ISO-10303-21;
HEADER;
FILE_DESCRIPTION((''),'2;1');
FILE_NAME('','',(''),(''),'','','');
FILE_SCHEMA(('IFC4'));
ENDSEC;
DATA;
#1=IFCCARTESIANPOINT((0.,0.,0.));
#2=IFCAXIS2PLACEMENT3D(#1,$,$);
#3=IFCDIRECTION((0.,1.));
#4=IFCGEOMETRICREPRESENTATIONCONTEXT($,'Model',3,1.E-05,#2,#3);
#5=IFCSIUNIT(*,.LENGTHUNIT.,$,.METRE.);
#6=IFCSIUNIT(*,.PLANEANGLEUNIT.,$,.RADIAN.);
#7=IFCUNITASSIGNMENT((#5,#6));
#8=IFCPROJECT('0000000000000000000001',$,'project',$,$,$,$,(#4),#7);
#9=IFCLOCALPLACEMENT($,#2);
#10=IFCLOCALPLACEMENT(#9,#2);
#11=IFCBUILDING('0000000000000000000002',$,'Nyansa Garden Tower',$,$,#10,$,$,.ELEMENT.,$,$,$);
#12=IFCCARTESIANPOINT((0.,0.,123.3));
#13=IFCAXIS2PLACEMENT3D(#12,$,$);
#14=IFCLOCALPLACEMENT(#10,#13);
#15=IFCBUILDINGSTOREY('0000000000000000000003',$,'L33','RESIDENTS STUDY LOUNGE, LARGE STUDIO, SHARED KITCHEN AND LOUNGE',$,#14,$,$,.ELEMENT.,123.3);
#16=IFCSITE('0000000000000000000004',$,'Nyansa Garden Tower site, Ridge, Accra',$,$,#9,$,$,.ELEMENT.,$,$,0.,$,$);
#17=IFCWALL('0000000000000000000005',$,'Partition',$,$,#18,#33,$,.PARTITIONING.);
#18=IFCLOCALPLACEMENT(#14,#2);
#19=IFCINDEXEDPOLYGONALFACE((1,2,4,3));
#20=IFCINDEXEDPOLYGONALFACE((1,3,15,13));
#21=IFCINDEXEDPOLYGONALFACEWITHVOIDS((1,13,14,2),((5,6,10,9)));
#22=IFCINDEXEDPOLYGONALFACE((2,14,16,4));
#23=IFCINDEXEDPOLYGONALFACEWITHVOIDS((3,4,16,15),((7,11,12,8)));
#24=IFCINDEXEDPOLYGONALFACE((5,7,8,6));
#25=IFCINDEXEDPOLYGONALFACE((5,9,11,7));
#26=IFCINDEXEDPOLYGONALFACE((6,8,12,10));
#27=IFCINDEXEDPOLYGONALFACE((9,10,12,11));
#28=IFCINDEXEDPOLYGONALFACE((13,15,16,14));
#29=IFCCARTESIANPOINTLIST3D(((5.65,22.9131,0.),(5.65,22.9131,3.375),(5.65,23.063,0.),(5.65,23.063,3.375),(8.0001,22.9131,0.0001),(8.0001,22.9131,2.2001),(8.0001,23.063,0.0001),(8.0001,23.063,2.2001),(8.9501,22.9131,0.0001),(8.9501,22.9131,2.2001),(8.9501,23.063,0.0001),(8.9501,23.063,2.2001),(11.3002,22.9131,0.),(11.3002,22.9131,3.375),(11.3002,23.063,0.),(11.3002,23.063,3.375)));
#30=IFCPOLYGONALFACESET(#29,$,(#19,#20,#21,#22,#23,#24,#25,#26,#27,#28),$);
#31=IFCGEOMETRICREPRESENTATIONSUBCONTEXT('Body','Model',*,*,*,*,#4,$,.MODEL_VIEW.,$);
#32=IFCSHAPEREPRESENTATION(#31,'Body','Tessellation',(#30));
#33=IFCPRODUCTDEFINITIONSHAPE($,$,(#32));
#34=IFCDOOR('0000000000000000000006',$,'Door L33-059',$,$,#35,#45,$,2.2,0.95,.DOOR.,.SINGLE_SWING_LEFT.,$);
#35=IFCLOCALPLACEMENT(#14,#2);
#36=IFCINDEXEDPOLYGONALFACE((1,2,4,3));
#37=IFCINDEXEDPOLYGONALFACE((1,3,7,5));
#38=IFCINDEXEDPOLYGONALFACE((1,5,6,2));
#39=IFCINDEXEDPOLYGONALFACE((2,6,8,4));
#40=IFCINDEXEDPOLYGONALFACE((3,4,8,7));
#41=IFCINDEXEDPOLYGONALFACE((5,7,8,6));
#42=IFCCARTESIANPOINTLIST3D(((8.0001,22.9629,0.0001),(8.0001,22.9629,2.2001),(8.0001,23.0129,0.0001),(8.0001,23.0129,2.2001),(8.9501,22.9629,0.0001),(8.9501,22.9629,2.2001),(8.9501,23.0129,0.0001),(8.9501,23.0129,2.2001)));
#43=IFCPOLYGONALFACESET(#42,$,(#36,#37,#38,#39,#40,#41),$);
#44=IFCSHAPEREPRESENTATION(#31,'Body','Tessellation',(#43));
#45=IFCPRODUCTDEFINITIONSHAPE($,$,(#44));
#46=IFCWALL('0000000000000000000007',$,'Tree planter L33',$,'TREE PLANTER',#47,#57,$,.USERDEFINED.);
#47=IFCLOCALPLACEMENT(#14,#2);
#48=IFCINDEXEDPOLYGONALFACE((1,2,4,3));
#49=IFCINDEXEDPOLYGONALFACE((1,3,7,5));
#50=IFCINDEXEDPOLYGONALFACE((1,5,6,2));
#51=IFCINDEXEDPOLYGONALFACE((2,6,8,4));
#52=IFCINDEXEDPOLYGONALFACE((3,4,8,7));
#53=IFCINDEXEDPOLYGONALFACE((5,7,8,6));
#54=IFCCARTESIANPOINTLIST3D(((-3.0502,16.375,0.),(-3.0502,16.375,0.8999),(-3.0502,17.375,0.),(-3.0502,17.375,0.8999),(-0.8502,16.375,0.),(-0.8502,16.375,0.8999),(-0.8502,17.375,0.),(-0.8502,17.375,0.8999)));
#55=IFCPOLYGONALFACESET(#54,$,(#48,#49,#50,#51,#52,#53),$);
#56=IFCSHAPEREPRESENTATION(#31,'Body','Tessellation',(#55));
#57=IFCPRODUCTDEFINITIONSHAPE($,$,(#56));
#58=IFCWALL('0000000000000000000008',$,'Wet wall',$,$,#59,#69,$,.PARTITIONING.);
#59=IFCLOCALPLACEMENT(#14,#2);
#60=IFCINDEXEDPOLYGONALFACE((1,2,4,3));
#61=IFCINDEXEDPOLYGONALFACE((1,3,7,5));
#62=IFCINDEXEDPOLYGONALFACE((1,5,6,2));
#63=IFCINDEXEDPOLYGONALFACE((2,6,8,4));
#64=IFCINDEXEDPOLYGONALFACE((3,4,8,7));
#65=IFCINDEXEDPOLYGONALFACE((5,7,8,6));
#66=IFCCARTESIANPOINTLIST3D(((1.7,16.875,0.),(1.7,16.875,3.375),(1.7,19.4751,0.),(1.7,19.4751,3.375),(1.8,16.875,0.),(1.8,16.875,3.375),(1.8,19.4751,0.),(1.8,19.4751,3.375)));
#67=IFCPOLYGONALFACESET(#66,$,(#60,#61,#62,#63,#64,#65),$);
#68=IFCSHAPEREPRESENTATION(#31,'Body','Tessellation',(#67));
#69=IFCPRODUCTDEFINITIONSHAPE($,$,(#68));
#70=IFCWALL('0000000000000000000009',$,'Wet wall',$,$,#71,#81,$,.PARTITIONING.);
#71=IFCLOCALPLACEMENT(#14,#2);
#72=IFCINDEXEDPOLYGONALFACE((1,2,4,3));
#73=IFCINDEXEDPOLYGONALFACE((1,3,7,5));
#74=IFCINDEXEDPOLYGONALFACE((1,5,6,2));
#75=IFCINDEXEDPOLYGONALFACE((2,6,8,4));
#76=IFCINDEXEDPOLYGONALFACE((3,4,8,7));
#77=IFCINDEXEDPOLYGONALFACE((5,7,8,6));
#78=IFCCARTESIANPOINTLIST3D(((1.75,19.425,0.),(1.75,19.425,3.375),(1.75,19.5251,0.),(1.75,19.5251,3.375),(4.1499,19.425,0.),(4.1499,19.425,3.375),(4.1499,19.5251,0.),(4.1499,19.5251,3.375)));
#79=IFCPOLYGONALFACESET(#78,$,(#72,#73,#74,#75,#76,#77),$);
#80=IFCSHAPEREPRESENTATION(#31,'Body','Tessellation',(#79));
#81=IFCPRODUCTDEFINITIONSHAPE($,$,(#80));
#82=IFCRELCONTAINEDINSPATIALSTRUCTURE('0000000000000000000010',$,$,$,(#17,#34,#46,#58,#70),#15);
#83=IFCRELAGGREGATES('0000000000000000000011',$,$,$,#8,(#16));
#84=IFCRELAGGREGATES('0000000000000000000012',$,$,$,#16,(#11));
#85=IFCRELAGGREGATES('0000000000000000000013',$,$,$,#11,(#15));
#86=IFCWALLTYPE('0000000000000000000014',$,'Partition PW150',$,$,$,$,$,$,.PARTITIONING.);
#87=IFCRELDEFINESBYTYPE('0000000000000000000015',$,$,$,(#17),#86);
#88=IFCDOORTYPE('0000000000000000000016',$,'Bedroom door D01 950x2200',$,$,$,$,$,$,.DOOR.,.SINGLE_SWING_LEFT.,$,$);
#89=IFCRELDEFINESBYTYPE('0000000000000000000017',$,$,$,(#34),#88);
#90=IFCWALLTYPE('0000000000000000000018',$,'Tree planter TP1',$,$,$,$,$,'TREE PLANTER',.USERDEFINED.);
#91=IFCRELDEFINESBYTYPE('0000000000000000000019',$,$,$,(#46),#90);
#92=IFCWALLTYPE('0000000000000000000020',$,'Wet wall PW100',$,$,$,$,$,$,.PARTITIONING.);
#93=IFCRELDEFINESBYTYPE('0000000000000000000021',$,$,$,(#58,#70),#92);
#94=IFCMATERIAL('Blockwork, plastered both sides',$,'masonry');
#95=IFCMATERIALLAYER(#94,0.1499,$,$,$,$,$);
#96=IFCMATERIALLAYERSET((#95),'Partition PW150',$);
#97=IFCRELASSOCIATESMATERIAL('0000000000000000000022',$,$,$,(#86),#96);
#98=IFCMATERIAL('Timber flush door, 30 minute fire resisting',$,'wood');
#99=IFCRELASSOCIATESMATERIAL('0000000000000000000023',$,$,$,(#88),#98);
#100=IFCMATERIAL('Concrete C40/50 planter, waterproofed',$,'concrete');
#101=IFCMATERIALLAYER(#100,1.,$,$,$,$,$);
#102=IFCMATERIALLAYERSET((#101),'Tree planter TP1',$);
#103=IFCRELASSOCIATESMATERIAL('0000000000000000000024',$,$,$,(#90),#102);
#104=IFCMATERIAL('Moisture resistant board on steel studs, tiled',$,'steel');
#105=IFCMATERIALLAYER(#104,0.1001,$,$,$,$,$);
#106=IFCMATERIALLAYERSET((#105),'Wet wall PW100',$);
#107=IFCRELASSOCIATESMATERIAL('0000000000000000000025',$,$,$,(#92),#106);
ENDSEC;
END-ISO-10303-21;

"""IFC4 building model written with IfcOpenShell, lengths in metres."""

from ifc_helpers import new_model, si_unit, direction, frame, frame_2d, origin, place, context, subcontext, project, spatial, rectangle, extrude, material, layer, layer_set, type_object, element, fill, save


model = new_model("IFC4")

# Units and contexts
model_context = context("Model", 3, precision=1e-05, world=origin(), true_north=direction((0.0, 1.0)))
body_context = subcontext(model_context, "Body", "Model", "MODEL_VIEW")
ifc_project = project(units=[si_unit("LENGTHUNIT", "METRE"), si_unit("PLANEANGLEUNIT", "RADIAN")], contexts=[model_context])

# Site, building, storey
site_placement = place(None, origin())
site = spatial("IfcSite", under=ifc_project, at=site_placement, Name="Nyansa Garden Tower site, Ridge, Accra", CompositionType="ELEMENT", RefElevation=0.0)
building_placement = place(site_placement, origin())
building = spatial("IfcBuilding", under=site, at=building_placement, Name="Nyansa Garden Tower", CompositionType="ELEMENT")
storey_placement = place(building_placement, frame((0.0, 0.0, 123.3)))
storey = spatial("IfcBuildingStorey", under=building, at=storey_placement, Name="L33", Description="RESIDENTS STUDY LOUNGE, LARGE STUDIO, SHARED KITCHEN AND LOUNGE", CompositionType="ELEMENT", Elevation=123.3)

# Shared definitions
ifc_material_1 = material(Name="Blockwork, plastered both sides", Category="masonry")
ifc_layer_1 = layer(ifc_material_1, 0.1499)
ifc_layer_set_1 = layer_set([ifc_layer_1], Name="Partition PW150")
wall_type_1 = type_object("IfcWallType", Name="Partition PW150", PredefinedType="PARTITIONING", material=ifc_layer_set_1)

# Wall, opening, door
wall_1_placement = place(storey_placement, frame((5.6499, 22.988, 0.0), z_axis=(0.0, 0.0, 1.0), x_axis=(1.0, 0.0, 0.0)))
wall_1 = element("IfcWall", 1, at=wall_1_placement, inside=storey, type_object=wall_type_1, Name="Partition", PredefinedType="PARTITIONING", context=body_context, shape_type="SweptSolid", body=[
    extrude(rectangle(XDim=5.6501, YDim=0.1499, at=frame_2d((2.8252, 0.0))), origin(), (0.0, 0.0, 1.0), 3.375),
])
opening_1_placement = place(wall_1_placement, frame((2.3501, 0.0, 0.0)))
opening_1 = element("IfcOpeningElement", 2, at=opening_1_placement, cuts=wall_1, PredefinedType="OPENING", context=body_context, shape_type="SweptSolid", body=[
    extrude(rectangle(XDim=0.95, YDim=2.2, at=frame_2d((0.4751, 1.1001))), frame((0.0, 0.085, 0.0), z_axis=(0.0, -1.0, 0.0), x_axis=(1.0, 0.0, 0.0)), (0.0, 0.0, 1.0), 0.1699),
])
ifc_material_2 = material(Name="Timber flush door, 30 minute fire resisting", Category="wood")
door_type_1 = type_object("IfcDoorType", Name="Bedroom door D01 950x2200", OperationType="SINGLE_SWING_LEFT", PredefinedType="DOOR", material=ifc_material_2)
door_1_placement = place(opening_1_placement, origin())
door_1 = element("IfcDoor", 3, at=door_1_placement, inside=storey, type_object=door_type_1, Name="Door L33-059", OperationType="SINGLE_SWING_LEFT", OverallHeight=2.2, OverallWidth=0.95, PredefinedType="DOOR", context=body_context, shape_type="SweptSolid", body=[
    extrude(rectangle(XDim=0.95, YDim=2.2, at=frame_2d((0.4751, 1.1001))), frame((0.0, 0.0249, 0.0), z_axis=(0.0, -1.0, 0.0), x_axis=(1.0, 0.0, 0.0)), (0.0, 0.0, 1.0), 0.05),
])
fill(opening_1, door_1)

# Walls
ifc_material_3 = material(Name="Concrete C40/50 planter, waterproofed", Category="concrete")
ifc_layer_2 = layer(ifc_material_3, 1.0)
ifc_layer_set_2 = layer_set([ifc_layer_2], Name="Tree planter TP1")
wall_type_2 = type_object("IfcWallType", Name="Tree planter TP1", ElementType="TREE PLANTER", PredefinedType="USERDEFINED", material=ifc_layer_set_2)
wall_2_placement = place(storey_placement, frame((-0.8501, 16.875, 0.0), z_axis=(0.0, 0.0, 1.0), x_axis=(-1.0, 0.0, 0.0)))
element("IfcWall", 4, at=wall_2_placement, inside=storey, type_object=wall_type_2, Name="Tree planter L33", ObjectType="TREE PLANTER", PredefinedType="USERDEFINED", context=body_context, shape_type="SweptSolid", body=[
    extrude(rectangle(XDim=2.2, YDim=1.0, at=frame_2d((1.1001, 0.0))), origin(), (0.0, 0.0, 1.0), 0.8999),
])
ifc_material_4 = material(Name="Moisture resistant board on steel studs, tiled", Category="steel")
ifc_layer_3 = layer(ifc_material_4, 0.1001)
ifc_layer_set_3 = layer_set([ifc_layer_3], Name="Wet wall PW100")
wall_type_3 = type_object("IfcWallType", Name="Wet wall PW100", PredefinedType="PARTITIONING", material=ifc_layer_set_3)
wall_3_placement = place(storey_placement, frame((1.75, 16.875, 0.0), z_axis=(0.0, 0.0, 1.0), x_axis=(0.0, 1.0, 0.0)))
element("IfcWall", 5, at=wall_3_placement, inside=storey, type_object=wall_type_3, Name="Wet wall", PredefinedType="PARTITIONING", context=body_context, shape_type="SweptSolid", body=[
    extrude(rectangle(XDim=2.6001, YDim=0.1001, at=frame_2d((1.3, 0.0))), origin(), (0.0, 0.0, 1.0), 3.375),
])
wall_4_placement = place(storey_placement, frame((1.75, 19.4751, 0.0), z_axis=(0.0, 0.0, 1.0), x_axis=(1.0, 0.0, 0.0)))
element("IfcWall", 6, at=wall_4_placement, inside=storey, type_object=wall_type_3, Name="Wet wall", PredefinedType="PARTITIONING", context=body_context, shape_type="SweptSolid", body=[
    extrude(rectangle(XDim=2.3999, YDim=0.1001, at=frame_2d((1.2, 0.0))), origin(), (0.0, 0.0, 1.0), 3.375),
])

save(model, "model.ifc")
